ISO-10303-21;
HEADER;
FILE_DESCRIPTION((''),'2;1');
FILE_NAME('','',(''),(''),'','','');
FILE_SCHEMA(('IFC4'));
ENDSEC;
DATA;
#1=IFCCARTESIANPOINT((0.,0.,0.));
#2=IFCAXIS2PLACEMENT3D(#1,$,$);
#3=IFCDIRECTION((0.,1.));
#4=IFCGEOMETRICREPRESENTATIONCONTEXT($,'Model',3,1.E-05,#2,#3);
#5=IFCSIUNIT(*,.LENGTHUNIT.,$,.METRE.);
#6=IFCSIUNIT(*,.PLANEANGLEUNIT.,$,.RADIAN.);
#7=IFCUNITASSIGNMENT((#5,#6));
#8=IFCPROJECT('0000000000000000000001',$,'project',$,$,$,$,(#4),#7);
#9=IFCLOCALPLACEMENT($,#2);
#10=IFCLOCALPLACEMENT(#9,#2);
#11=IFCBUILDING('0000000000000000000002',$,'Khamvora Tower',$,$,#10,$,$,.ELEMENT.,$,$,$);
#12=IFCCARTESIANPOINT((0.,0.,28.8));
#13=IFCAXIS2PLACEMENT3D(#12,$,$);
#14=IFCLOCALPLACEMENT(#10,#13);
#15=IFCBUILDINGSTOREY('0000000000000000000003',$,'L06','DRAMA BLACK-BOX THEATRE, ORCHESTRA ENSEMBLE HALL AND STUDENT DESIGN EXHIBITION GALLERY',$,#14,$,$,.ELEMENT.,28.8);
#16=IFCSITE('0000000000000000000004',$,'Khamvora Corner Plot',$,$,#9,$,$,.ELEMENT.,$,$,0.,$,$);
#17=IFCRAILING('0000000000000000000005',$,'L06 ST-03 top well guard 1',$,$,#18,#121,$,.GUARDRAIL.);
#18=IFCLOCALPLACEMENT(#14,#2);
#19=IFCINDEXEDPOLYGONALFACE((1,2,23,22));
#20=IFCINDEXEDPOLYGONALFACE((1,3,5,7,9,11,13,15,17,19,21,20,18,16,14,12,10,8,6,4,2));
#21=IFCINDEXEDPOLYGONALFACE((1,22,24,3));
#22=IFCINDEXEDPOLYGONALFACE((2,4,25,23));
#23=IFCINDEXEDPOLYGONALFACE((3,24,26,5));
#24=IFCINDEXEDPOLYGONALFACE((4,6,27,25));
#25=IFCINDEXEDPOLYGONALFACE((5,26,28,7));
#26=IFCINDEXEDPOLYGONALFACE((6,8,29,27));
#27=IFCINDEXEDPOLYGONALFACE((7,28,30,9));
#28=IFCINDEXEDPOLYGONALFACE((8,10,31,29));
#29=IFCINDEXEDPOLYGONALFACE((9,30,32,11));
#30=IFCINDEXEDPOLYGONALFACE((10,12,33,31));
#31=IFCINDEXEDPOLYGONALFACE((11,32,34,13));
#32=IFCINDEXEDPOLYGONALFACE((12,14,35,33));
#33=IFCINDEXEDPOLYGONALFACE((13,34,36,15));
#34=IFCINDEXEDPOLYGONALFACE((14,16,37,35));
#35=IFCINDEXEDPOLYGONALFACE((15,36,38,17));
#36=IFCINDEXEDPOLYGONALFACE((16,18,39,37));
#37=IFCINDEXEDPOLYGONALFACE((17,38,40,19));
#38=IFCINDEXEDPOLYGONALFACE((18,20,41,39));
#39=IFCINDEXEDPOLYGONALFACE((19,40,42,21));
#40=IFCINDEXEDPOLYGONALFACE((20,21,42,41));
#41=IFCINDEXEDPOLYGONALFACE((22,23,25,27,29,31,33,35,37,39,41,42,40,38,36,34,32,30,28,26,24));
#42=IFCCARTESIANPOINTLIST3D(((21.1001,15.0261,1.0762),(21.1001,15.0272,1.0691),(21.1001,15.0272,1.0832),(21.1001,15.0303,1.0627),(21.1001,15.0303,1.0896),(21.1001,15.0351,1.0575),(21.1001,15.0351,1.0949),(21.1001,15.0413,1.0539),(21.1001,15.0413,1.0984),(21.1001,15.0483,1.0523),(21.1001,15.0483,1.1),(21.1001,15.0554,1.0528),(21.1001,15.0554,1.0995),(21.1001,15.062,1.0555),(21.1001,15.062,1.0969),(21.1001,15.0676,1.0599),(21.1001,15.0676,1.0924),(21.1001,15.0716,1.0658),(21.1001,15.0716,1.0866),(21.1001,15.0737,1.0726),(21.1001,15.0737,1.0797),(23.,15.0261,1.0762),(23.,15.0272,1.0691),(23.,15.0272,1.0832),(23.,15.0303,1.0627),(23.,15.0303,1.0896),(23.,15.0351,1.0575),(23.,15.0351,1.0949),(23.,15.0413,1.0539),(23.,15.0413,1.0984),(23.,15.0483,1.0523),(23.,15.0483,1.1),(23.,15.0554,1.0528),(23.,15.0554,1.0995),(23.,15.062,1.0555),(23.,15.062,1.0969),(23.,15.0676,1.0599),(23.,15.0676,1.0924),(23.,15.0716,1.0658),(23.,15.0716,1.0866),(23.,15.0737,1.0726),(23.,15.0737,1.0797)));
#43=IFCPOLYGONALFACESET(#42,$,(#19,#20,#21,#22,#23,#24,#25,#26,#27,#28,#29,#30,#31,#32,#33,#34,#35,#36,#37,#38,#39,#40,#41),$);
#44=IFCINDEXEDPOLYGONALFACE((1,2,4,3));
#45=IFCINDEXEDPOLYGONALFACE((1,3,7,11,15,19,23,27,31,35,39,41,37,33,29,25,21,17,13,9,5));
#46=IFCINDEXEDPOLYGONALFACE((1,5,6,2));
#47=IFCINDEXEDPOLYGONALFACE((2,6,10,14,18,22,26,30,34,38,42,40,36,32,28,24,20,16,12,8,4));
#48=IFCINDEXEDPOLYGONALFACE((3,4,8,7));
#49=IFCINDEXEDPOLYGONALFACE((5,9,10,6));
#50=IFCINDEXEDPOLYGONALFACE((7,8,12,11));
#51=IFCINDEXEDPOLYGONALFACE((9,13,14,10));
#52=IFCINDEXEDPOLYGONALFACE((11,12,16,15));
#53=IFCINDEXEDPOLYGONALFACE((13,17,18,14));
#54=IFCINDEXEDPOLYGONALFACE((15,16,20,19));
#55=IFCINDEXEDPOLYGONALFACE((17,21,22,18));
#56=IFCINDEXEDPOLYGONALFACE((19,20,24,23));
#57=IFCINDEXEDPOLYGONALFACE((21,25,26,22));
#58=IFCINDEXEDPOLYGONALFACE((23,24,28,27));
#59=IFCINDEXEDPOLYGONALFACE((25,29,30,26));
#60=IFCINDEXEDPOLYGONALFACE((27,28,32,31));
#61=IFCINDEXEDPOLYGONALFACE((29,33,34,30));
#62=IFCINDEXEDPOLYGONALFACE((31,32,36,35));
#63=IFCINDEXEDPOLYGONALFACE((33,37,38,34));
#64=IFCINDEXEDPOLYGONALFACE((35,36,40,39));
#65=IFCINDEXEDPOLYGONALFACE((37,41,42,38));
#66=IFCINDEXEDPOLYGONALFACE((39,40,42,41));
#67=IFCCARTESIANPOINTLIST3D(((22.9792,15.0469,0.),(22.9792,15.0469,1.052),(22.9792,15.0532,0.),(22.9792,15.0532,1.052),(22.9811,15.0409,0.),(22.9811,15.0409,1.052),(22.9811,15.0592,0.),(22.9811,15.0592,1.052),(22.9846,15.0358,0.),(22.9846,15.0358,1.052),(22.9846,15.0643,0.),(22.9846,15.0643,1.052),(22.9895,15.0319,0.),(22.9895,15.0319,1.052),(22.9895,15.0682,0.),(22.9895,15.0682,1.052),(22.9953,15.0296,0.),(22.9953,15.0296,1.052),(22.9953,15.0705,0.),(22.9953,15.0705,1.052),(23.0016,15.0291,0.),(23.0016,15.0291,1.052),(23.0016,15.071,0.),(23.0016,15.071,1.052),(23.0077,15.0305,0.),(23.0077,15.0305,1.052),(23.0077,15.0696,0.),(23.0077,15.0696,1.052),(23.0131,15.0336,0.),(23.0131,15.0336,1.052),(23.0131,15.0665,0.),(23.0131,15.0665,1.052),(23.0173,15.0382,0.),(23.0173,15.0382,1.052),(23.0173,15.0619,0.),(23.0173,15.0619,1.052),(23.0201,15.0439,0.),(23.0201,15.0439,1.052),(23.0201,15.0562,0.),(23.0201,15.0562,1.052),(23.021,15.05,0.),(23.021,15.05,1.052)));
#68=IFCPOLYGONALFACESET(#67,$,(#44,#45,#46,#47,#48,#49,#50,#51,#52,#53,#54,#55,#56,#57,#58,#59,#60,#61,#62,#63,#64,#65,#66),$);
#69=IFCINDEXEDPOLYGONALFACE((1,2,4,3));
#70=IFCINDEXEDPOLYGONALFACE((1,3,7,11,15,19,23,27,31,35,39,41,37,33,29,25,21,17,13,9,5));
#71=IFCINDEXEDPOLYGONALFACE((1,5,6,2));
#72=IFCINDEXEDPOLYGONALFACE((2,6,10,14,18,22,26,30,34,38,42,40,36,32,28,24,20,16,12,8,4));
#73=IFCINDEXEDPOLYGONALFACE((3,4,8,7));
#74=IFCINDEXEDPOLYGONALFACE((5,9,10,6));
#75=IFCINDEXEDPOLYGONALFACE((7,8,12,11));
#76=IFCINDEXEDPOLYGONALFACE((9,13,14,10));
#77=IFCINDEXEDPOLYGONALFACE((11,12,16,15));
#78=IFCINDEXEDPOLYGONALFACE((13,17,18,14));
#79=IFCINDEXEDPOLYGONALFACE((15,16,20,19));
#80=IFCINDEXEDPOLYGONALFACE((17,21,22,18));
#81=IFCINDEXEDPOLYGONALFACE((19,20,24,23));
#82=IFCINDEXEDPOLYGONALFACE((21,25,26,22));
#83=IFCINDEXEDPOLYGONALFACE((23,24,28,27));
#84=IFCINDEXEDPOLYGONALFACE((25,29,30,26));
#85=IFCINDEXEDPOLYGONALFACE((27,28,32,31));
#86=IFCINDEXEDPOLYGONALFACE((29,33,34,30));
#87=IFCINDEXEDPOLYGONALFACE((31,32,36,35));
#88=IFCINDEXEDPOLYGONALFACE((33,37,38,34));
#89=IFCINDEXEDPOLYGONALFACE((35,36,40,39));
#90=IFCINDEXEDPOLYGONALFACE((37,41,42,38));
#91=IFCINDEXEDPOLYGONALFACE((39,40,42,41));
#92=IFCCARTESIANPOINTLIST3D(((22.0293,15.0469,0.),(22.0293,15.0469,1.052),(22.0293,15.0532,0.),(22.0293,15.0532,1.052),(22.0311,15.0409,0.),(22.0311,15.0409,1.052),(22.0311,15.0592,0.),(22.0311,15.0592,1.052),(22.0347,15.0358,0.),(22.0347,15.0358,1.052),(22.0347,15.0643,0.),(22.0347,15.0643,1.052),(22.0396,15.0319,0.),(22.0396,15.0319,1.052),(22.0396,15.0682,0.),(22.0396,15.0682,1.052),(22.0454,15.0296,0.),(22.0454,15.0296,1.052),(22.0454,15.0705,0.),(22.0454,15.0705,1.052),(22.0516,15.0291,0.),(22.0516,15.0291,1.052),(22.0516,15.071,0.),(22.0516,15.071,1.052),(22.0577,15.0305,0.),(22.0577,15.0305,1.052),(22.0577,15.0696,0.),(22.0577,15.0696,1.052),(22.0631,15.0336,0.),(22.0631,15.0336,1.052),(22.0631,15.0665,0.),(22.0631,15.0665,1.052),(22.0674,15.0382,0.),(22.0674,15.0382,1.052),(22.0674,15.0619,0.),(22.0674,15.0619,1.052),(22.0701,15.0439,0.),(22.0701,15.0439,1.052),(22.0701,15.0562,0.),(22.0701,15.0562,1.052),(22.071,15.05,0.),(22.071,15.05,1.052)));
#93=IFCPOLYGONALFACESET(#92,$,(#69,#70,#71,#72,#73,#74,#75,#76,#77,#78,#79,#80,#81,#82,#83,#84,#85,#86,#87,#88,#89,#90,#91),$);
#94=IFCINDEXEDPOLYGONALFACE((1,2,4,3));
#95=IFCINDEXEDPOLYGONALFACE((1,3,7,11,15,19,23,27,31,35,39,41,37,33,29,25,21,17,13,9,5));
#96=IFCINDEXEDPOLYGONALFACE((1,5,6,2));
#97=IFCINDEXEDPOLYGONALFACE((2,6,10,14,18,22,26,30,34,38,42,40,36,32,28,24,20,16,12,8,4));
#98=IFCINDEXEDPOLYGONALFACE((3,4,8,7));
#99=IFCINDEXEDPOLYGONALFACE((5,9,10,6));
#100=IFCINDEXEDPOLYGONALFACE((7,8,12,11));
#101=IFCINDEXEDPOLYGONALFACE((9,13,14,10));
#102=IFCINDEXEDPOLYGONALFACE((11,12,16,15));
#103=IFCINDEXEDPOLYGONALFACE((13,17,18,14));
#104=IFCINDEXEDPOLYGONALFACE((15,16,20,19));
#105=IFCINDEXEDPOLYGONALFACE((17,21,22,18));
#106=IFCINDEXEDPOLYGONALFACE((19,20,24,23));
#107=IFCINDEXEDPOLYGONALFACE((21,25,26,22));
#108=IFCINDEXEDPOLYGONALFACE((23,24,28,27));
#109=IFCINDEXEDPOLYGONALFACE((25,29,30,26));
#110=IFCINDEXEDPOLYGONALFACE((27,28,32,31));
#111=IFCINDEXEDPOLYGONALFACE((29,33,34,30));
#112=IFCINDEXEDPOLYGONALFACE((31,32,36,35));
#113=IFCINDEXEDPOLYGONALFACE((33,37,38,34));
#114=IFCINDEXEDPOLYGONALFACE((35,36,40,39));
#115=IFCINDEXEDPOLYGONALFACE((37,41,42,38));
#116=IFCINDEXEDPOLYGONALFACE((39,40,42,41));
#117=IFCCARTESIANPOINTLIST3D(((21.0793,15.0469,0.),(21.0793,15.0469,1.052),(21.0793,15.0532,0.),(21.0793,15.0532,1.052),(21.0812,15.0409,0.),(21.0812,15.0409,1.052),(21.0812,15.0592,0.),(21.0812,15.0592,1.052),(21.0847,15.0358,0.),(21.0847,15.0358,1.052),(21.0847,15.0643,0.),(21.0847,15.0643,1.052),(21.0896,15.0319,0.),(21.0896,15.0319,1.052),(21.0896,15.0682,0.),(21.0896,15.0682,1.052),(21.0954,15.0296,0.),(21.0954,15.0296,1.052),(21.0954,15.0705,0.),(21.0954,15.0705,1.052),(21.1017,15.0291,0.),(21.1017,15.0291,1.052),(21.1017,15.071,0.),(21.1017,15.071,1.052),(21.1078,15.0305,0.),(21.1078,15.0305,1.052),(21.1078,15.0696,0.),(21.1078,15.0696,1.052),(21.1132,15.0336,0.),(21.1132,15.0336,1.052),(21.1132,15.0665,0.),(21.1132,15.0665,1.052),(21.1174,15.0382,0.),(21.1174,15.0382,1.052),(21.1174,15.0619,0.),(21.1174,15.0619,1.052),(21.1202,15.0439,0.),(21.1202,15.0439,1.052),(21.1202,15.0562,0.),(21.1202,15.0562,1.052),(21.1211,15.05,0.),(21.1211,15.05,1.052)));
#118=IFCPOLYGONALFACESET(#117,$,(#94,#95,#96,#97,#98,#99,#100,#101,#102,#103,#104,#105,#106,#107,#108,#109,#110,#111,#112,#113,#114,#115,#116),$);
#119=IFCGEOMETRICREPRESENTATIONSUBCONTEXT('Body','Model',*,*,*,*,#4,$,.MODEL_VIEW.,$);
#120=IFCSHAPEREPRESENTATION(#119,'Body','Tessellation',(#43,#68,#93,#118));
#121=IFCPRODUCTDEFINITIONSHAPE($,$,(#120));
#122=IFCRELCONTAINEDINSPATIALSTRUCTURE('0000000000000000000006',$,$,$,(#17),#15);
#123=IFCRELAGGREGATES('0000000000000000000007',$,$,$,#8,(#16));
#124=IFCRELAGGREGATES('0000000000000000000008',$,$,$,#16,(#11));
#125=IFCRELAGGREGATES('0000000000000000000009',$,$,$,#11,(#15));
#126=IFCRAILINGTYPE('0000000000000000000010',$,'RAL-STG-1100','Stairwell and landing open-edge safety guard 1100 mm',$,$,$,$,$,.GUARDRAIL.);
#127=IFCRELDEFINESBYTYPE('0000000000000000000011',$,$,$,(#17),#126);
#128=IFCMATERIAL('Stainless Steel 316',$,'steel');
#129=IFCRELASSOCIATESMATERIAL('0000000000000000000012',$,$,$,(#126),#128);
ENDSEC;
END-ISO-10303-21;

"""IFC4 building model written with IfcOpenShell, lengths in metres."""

from ifc_helpers import new_model, si_unit, direction, frame, origin, origin_2d, place, context, subcontext, project, spatial, circle, extrude, material, type_object, element, save


model = new_model("IFC4")

# Units and contexts
model_context = context("Model", 3, precision=1e-05, world=origin(), true_north=direction((0.0, 1.0)))
body_context = subcontext(model_context, "Body", "Model", "MODEL_VIEW")
ifc_project = project(units=[si_unit("LENGTHUNIT", "METRE"), si_unit("PLANEANGLEUNIT", "RADIAN")], contexts=[model_context])

# Site, building, storey
site_placement = place(None, origin())
site = spatial("IfcSite", under=ifc_project, at=site_placement, Name="Khamvora Corner Plot", CompositionType="ELEMENT", RefElevation=0.0)
building_placement = place(site_placement, origin())
building = spatial("IfcBuilding", under=site, at=building_placement, Name="Khamvora Tower", CompositionType="ELEMENT")
storey_placement = place(building_placement, frame((0.0, 0.0, 28.8)))
storey = spatial("IfcBuildingStorey", under=building, at=storey_placement, Name="L06", Description="DRAMA BLACK-BOX THEATRE, ORCHESTRA ENSEMBLE HALL AND STUDENT DESIGN EXHIBITION GALLERY", CompositionType="ELEMENT", Elevation=28.8)

# Railing
ifc_material_1 = material(Name="Stainless Steel 316", Category="steel")
railing_type_1 = type_object("IfcRailingType", Name="RAL-STG-1100", Description="Stairwell and landing open-edge safety guard 1100 mm", PredefinedType="GUARDRAIL", material=ifc_material_1)
railing_1_placement = place(storey_placement, frame((23.0, 15.05, 0.0)))
element("IfcRailing", 1, at=railing_1_placement, inside=storey, type_object=railing_type_1, Name="L06 ST-03 top well guard 1", PredefinedType="GUARDRAIL", context=body_context, shape_type="SweptSolid", body=[
    extrude(circle(Radius=0.0239, at=origin_2d()), frame((0.0, 0.0, 1.0762), z_axis=(-1.0, 0.0, 0.0), x_axis=(0.0, -1.0, 0.0)), (0.0, 0.0, 1.0), 1.8999),
    extrude(circle(Radius=0.021, at=origin_2d()), origin(), (0.0, 0.0, 1.0), 1.052),
    extrude(circle(Radius=0.021, at=origin_2d()), frame((-0.95, 0.0, 0.0)), (0.0, 0.0, 1.0), 1.052),
    extrude(circle(Radius=0.021, at=origin_2d()), frame((-1.8999, 0.0, 0.0)), (0.0, 0.0, 1.0), 1.052),
])

save(model, "model.ifc")
